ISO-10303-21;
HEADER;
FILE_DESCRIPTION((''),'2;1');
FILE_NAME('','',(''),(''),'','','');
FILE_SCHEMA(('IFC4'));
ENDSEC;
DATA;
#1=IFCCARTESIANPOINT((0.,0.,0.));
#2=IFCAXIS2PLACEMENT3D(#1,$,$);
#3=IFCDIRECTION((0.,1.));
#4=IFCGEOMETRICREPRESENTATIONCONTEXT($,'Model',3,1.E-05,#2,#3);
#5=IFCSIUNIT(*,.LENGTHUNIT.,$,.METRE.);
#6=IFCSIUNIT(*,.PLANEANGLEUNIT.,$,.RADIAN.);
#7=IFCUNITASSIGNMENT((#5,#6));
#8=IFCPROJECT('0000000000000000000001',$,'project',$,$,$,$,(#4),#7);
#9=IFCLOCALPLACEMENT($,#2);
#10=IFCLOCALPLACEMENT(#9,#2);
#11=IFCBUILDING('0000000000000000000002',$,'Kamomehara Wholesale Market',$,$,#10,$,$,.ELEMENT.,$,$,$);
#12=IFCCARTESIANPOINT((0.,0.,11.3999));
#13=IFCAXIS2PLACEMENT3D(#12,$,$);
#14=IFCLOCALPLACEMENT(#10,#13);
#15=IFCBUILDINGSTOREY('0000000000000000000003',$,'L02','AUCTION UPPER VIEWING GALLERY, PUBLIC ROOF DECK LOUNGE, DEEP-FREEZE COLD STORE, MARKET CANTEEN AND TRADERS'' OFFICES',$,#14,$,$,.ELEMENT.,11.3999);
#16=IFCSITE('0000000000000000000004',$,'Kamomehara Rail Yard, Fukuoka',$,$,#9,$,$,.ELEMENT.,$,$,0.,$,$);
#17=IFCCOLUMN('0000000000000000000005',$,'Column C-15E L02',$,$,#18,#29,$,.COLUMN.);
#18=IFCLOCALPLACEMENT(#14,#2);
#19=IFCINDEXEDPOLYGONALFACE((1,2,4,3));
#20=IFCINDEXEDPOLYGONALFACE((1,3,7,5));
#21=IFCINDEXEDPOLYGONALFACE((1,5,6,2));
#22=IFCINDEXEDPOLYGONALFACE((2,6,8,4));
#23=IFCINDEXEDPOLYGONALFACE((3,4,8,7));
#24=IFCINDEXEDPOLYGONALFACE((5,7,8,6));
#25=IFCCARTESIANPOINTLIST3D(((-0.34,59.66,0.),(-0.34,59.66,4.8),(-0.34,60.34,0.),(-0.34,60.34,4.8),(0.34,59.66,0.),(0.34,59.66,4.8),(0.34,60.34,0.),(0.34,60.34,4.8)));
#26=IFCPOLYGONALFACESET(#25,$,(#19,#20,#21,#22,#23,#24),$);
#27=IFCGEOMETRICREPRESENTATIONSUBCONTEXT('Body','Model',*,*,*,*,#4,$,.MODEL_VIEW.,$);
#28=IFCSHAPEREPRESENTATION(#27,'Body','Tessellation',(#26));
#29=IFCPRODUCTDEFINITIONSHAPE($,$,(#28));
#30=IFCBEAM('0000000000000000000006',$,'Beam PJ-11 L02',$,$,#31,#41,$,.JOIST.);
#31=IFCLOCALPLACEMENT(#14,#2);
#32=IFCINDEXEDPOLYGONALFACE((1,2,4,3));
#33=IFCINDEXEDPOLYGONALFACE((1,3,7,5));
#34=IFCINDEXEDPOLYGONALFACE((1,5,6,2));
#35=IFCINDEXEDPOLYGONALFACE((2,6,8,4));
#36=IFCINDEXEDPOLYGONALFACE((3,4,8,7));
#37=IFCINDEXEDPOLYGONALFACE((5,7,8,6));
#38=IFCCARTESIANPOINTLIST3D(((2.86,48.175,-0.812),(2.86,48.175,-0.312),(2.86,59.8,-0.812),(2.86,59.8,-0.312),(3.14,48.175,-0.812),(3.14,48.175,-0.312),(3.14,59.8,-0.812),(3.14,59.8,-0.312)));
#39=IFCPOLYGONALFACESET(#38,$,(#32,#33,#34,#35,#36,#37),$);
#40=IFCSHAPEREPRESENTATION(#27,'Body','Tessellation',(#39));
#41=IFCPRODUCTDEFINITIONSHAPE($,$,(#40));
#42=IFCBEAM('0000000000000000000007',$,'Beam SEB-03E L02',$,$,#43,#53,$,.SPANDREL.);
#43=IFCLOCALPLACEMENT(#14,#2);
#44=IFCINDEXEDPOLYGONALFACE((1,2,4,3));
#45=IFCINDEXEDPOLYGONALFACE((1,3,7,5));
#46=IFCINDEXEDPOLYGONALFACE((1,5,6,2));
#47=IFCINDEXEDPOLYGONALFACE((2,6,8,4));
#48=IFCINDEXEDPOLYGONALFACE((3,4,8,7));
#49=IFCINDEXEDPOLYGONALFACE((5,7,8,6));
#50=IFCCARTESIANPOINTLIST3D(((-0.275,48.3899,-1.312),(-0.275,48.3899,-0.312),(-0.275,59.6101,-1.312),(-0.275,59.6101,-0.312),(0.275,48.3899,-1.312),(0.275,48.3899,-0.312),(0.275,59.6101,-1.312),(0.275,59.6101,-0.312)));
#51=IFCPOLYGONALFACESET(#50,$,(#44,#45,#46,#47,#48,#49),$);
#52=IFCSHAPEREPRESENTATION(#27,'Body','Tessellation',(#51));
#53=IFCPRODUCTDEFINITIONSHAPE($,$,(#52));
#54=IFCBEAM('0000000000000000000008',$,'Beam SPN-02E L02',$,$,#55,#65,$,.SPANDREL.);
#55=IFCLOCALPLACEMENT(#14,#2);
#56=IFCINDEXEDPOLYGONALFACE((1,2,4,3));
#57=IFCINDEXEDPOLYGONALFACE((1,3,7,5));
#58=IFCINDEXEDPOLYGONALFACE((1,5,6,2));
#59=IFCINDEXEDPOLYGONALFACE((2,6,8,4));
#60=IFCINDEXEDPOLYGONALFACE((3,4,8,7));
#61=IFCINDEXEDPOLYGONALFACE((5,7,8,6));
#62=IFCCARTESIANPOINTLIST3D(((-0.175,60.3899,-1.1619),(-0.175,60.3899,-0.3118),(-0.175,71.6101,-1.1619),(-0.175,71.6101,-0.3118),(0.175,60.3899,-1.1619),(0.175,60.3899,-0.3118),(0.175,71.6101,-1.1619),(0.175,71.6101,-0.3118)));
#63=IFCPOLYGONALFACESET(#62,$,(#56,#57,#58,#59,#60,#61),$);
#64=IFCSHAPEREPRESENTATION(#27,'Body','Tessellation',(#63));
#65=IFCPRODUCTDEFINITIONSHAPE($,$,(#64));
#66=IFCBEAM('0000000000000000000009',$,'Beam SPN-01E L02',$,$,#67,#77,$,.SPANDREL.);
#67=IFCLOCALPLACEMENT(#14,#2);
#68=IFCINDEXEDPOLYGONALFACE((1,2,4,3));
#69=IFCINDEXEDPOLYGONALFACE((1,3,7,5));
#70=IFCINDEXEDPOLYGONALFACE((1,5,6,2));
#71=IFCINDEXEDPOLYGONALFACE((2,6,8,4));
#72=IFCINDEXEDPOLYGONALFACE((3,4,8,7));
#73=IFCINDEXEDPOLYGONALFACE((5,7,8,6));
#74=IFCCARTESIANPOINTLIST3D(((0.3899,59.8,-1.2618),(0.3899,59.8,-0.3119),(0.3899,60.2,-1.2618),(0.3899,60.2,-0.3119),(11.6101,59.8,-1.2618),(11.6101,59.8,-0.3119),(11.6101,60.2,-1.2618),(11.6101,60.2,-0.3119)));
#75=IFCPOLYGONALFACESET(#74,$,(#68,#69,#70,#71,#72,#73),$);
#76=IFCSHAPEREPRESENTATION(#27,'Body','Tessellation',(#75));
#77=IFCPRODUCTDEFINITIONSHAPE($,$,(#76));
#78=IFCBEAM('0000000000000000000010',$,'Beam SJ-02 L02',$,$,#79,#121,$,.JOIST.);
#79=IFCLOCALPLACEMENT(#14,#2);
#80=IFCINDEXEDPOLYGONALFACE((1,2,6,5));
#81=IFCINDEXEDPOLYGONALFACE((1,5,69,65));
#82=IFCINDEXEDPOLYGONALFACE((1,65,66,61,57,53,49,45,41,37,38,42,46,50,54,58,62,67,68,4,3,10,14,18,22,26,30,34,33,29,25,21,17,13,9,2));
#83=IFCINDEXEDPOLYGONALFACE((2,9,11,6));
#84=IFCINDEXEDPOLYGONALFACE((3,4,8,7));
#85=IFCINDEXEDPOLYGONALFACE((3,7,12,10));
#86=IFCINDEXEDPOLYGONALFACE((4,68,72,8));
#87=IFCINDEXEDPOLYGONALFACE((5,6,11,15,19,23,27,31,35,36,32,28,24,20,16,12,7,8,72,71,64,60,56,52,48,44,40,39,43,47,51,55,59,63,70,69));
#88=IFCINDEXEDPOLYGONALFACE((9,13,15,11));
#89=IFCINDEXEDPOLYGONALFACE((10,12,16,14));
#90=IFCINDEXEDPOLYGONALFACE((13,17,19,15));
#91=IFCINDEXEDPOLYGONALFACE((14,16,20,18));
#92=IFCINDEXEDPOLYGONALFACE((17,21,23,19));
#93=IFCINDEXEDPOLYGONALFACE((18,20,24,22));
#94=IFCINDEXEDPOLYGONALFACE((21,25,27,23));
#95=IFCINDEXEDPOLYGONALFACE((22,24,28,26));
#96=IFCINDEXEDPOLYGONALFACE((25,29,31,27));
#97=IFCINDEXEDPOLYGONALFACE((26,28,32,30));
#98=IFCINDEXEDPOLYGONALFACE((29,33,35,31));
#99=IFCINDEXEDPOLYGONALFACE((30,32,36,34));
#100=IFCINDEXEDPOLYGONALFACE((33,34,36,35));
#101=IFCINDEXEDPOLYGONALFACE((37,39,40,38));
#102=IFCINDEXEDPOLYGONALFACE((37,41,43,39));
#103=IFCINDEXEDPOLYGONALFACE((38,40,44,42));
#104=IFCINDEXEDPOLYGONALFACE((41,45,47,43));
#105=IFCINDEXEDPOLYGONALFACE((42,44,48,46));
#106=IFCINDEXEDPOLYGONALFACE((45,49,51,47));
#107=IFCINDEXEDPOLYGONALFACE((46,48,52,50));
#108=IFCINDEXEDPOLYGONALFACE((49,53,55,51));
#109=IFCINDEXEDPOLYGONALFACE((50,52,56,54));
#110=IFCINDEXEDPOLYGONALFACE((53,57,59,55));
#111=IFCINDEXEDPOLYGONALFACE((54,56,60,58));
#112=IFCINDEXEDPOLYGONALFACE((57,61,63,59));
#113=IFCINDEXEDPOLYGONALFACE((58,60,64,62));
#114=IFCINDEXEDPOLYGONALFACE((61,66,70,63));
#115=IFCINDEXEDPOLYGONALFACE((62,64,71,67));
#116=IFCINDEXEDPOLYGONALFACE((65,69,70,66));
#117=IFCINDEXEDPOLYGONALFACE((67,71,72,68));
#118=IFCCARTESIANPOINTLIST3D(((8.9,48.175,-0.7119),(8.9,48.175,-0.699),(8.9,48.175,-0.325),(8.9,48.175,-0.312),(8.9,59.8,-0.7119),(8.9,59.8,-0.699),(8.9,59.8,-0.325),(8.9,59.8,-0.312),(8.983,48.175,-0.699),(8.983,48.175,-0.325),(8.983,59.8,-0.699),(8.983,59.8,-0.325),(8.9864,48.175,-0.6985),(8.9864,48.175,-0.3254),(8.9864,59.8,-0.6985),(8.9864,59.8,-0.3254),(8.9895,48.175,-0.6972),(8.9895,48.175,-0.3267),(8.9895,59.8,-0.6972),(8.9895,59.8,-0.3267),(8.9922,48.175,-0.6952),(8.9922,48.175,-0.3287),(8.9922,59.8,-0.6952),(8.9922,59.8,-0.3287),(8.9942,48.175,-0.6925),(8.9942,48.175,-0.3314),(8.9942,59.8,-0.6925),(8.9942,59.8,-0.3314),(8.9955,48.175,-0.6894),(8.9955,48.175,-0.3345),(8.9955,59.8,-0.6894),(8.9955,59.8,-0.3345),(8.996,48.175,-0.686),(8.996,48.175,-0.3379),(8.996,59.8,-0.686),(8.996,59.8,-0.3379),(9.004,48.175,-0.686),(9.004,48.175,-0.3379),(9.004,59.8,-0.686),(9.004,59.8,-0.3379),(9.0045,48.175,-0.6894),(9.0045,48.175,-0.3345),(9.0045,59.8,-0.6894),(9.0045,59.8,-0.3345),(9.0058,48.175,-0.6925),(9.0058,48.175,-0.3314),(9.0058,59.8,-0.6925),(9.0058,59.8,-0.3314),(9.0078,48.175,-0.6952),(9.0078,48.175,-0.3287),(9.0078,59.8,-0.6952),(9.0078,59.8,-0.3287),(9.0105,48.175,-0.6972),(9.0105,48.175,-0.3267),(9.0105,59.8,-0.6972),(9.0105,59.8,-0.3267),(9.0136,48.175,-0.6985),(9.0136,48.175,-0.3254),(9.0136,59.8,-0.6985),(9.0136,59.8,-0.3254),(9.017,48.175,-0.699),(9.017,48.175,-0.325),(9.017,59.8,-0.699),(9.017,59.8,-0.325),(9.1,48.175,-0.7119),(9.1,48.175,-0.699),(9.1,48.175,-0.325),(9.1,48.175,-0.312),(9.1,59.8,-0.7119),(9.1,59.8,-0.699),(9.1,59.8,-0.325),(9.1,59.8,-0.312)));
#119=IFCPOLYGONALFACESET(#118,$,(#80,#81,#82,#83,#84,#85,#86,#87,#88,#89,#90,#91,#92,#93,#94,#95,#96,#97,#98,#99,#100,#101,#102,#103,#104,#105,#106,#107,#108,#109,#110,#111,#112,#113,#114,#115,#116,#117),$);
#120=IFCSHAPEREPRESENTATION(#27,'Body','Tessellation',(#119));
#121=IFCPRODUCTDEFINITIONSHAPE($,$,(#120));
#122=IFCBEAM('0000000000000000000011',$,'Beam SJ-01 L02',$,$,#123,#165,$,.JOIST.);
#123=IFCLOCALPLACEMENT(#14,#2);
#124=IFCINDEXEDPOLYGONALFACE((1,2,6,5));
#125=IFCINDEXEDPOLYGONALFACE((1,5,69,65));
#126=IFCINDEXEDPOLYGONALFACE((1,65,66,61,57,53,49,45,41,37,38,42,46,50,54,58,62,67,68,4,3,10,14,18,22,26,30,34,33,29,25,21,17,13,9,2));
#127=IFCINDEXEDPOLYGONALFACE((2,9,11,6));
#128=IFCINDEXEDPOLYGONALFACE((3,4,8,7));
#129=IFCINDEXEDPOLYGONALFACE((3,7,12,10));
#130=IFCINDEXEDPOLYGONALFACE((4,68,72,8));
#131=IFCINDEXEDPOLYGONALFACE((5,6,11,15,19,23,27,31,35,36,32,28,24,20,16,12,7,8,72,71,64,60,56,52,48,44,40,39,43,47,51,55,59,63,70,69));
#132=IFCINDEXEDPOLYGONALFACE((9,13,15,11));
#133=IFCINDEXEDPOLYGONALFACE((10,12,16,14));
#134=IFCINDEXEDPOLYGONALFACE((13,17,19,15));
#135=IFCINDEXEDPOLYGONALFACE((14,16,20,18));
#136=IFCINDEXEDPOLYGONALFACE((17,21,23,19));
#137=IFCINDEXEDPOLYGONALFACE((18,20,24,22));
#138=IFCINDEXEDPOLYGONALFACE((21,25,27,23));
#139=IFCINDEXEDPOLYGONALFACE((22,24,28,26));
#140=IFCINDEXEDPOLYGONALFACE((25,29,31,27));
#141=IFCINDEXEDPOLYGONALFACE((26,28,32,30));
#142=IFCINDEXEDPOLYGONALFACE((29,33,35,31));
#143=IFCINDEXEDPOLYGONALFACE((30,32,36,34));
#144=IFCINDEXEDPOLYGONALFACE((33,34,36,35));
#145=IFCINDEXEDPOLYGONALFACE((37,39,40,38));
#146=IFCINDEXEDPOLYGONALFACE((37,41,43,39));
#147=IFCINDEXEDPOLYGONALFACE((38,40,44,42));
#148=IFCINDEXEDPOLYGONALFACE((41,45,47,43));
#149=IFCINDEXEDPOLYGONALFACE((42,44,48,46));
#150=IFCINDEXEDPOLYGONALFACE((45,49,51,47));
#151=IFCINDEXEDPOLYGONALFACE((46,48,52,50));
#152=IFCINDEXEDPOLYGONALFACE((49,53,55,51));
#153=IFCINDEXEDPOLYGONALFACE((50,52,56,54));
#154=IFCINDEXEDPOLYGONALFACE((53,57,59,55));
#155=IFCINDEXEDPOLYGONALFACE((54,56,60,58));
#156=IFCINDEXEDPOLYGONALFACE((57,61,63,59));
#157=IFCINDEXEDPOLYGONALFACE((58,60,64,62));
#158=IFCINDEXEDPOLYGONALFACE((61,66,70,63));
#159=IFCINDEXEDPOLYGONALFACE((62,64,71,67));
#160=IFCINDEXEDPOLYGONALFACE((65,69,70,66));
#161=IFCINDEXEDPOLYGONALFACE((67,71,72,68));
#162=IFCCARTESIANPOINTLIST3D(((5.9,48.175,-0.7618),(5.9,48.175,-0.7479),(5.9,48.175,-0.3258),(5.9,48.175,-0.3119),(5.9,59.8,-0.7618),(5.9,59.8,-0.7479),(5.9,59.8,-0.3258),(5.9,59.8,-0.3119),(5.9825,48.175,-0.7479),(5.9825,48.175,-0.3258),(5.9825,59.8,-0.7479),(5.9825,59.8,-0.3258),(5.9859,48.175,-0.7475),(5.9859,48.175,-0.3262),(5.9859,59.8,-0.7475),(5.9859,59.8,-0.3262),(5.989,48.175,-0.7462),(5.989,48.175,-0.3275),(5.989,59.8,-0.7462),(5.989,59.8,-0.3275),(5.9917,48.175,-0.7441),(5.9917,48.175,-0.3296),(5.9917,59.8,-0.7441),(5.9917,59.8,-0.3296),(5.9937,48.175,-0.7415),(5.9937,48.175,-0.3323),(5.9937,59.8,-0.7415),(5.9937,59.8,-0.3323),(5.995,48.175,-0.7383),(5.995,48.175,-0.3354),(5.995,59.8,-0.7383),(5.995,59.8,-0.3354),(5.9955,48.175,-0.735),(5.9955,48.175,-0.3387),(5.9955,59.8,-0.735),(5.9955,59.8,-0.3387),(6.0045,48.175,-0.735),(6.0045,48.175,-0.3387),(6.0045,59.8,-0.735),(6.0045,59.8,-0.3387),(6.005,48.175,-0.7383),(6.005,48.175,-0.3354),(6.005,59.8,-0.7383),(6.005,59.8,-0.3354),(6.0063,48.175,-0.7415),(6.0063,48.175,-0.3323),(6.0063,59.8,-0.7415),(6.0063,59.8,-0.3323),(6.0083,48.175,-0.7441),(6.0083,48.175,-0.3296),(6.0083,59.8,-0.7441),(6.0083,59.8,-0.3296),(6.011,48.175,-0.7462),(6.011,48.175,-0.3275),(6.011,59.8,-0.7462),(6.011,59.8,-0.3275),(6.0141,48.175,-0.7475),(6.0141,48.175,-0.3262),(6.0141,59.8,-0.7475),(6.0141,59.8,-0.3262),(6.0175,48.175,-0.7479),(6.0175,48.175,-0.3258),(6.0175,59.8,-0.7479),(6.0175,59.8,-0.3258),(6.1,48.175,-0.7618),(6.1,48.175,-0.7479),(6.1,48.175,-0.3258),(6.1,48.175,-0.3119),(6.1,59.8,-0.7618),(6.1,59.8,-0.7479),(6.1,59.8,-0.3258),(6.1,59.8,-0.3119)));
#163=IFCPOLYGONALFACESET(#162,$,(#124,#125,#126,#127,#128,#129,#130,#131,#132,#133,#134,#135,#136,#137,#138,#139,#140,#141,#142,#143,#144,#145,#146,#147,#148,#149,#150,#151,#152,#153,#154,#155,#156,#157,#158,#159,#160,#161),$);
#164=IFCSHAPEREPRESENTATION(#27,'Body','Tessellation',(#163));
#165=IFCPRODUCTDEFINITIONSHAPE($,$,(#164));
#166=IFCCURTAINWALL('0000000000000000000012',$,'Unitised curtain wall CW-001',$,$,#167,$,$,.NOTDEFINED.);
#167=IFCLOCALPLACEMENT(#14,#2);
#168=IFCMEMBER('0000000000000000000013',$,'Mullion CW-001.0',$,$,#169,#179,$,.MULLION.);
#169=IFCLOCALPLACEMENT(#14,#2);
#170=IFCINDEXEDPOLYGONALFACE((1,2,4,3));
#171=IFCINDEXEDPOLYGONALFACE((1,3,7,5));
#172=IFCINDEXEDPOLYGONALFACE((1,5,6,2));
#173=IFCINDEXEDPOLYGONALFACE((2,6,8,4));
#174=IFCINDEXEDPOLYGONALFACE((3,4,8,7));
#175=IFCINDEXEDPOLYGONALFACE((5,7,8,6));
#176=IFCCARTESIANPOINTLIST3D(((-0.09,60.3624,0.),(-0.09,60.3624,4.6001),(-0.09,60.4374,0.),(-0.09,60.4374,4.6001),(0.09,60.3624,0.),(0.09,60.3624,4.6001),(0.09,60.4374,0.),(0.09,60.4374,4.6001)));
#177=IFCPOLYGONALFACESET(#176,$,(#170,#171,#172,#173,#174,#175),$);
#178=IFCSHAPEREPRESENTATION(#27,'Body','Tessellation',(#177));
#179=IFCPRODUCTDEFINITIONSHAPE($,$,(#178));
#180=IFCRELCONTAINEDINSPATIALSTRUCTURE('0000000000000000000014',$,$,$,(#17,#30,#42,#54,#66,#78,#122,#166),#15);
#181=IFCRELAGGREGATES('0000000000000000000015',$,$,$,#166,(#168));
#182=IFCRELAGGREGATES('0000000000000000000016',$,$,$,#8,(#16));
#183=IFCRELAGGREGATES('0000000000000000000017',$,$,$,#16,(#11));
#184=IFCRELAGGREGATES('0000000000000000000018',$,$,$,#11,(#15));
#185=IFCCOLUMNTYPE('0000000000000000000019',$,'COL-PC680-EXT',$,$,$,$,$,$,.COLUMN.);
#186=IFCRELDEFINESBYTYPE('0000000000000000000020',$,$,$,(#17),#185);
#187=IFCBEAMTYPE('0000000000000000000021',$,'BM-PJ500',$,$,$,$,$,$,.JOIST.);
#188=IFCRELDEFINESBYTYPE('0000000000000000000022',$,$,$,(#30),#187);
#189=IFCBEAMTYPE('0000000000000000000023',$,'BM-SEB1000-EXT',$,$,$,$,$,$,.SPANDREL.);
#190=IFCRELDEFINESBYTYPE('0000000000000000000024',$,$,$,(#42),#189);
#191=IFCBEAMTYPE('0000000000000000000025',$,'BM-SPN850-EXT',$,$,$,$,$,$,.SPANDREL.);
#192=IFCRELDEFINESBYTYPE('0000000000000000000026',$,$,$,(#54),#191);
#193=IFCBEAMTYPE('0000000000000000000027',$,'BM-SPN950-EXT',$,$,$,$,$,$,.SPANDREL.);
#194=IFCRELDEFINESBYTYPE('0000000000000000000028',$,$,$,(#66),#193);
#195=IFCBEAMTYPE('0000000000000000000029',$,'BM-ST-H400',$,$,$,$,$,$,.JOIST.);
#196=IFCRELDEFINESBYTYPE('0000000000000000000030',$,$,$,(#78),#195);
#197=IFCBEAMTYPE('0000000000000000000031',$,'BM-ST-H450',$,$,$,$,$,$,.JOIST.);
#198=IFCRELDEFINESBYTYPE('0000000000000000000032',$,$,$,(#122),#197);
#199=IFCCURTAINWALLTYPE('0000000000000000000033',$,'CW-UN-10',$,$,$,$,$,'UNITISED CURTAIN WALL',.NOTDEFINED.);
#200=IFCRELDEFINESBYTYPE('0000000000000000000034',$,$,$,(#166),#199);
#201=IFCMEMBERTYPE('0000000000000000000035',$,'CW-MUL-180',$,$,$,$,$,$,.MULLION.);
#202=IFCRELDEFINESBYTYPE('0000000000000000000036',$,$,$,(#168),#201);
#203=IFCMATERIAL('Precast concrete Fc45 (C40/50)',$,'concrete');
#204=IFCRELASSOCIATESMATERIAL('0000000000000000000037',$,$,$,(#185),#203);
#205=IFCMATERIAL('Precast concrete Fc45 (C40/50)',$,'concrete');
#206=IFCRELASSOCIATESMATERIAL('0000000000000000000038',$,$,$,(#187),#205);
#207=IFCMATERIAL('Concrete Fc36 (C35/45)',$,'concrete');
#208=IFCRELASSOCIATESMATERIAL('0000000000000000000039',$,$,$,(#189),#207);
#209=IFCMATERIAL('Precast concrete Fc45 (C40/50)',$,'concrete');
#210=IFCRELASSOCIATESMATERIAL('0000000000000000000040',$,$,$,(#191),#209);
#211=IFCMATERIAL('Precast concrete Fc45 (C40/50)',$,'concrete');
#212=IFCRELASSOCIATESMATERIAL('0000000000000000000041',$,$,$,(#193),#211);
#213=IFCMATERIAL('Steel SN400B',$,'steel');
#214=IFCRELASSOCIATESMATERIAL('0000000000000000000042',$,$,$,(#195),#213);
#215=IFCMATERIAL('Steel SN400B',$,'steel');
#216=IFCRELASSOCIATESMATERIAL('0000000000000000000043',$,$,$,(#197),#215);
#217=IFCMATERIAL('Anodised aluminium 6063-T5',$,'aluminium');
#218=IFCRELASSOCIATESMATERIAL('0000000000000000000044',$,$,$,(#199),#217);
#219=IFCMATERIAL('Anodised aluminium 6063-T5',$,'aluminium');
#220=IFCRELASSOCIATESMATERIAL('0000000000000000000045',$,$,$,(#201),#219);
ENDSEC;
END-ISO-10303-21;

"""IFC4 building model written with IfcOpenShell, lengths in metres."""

from ifc_helpers import new_model, si_unit, direction, frame, origin, origin_2d, place, context, subcontext, project, spatial, rectangle, i_section, extrude, material, material_profile, profile_set, type_object, element, aggregate, save


model = new_model("IFC4")

# Units and contexts
model_context = context("Model", 3, precision=1e-05, world=origin(), true_north=direction((0.0, 1.0)))
body_context = subcontext(model_context, "Body", "Model", "MODEL_VIEW")
ifc_project = project(units=[si_unit("LENGTHUNIT", "METRE"), si_unit("PLANEANGLEUNIT", "RADIAN")], contexts=[model_context])

# Site, building, storey
site_placement = place(None, origin())
site = spatial("IfcSite", under=ifc_project, at=site_placement, Name="Kamomehara Rail Yard, Fukuoka", CompositionType="ELEMENT", RefElevation=0.0)
building_placement = place(site_placement, origin())
building = spatial("IfcBuilding", under=site, at=building_placement, Name="Kamomehara Wholesale Market", CompositionType="ELEMENT")
storey_placement = place(building_placement, frame((0.0, 0.0, 11.3999)))
storey = spatial("IfcBuildingStorey", under=building, at=storey_placement, Name="L02", Description="AUCTION UPPER VIEWING GALLERY, PUBLIC ROOF DECK LOUNGE, DEEP-FREEZE COLD STORE, MARKET CANTEEN AND TRADERS' OFFICES", CompositionType="ELEMENT", Elevation=11.3999)

# Column
ifc_material_1 = material(Name="Precast concrete Fc45 (C40/50)", Category="concrete")
ifc_material_profile_1 = material_profile(ifc_material_1, rectangle(XDim=0.6799, YDim=0.6799, at=origin_2d()), Name="PC-COL-680x680")
ifc_profile_set_1 = profile_set([ifc_material_profile_1], Name="Precast concrete Fc45 (C40/50)")
column_type = type_object("IfcColumnType", Name="COL-PC680-EXT", PredefinedType="COLUMN", material=ifc_profile_set_1)
column_placement = place(storey_placement, frame((0.0, 60.0, 0.0), z_axis=(0.0, 0.0, 1.0), x_axis=(1.0, 0.0, 0.0)))
element("IfcColumn", 1, at=column_placement, inside=storey, type_object=column_type, Name="Column C-15E L02", PredefinedType="COLUMN", context=body_context, shape_type="SweptSolid", body=[
    extrude(rectangle(XDim=0.6799, YDim=0.6799, at=origin_2d()), origin(), (0.0, 0.0, 1.0), 4.8),
])

# Beams
ifc_material_2 = material(Name="Precast concrete Fc45 (C40/50)", Category="concrete")
ifc_material_profile_2 = material_profile(ifc_material_2, rectangle(XDim=0.28, YDim=0.5, at=origin_2d()), Name="PC-JST-280x500")
ifc_profile_set_2 = profile_set([ifc_material_profile_2], Name="Precast concrete Fc45 (C40/50)")
beam_type_1 = type_object("IfcBeamType", Name="BM-PJ500", PredefinedType="JOIST", material=ifc_profile_set_2)
beam_1_placement = place(storey_placement, frame((3.0, 48.175, -0.562), z_axis=(0.0, 1.0, 0.0), x_axis=(-1.0, 0.0, 0.0)))
element("IfcBeam", 2, at=beam_1_placement, inside=storey, type_object=beam_type_1, Name="Beam PJ-11 L02", PredefinedType="JOIST", context=body_context, shape_type="SweptSolid", body=[
    extrude(rectangle(XDim=0.28, YDim=0.5, at=origin_2d()), origin(), (0.0, 0.0, 1.0), 11.625),
])
ifc_material_3 = material(Name="Concrete Fc36 (C35/45)", Category="concrete")
ifc_material_profile_3 = material_profile(ifc_material_3, rectangle(XDim=0.55, YDim=1.0, at=origin_2d()), Name="RC-SEB-550x1000")
ifc_profile_set_3 = profile_set([ifc_material_profile_3], Name="Concrete Fc36 (C35/45)")
beam_type_2 = type_object("IfcBeamType", Name="BM-SEB1000-EXT", PredefinedType="SPANDREL", material=ifc_profile_set_3)
beam_2_placement = place(storey_placement, frame((0.0, 48.3899, -0.812), z_axis=(0.0, 1.0, 0.0), x_axis=(-1.0, 0.0, 0.0)))
element("IfcBeam", 3, at=beam_2_placement, inside=storey, type_object=beam_type_2, Name="Beam SEB-03E L02", PredefinedType="SPANDREL", context=body_context, shape_type="SweptSolid", body=[
    extrude(rectangle(XDim=0.55, YDim=1.0, at=origin_2d()), origin(), (0.0, 0.0, 1.0), 11.2202),
])
ifc_material_4 = material(Name="Precast concrete Fc45 (C40/50)", Category="concrete")
ifc_material_profile_4 = material_profile(ifc_material_4, rectangle(XDim=0.3501, YDim=0.8501, at=origin_2d()), Name="PC-SPN-350x850")
ifc_profile_set_4 = profile_set([ifc_material_profile_4], Name="Precast concrete Fc45 (C40/50)")
beam_type_3 = type_object("IfcBeamType", Name="BM-SPN850-EXT", PredefinedType="SPANDREL", material=ifc_profile_set_4)
beam_3_placement = place(storey_placement, frame((0.0, 60.3899, -0.7368), z_axis=(0.0, 1.0, 0.0), x_axis=(-1.0, 0.0, 0.0)))
element("IfcBeam", 4, at=beam_3_placement, inside=storey, type_object=beam_type_3, Name="Beam SPN-02E L02", PredefinedType="SPANDREL", context=body_context, shape_type="SweptSolid", body=[
    extrude(rectangle(XDim=0.3501, YDim=0.8501, at=origin_2d()), origin(), (0.0, 0.0, 1.0), 11.2202),
])
ifc_material_5 = material(Name="Precast concrete Fc45 (C40/50)", Category="concrete")
ifc_material_profile_5 = material_profile(ifc_material_5, rectangle(XDim=0.3999, YDim=0.95, at=origin_2d()), Name="PC-SPN-400x950")
ifc_profile_set_5 = profile_set([ifc_material_profile_5], Name="Precast concrete Fc45 (C40/50)")
beam_type_4 = type_object("IfcBeamType", Name="BM-SPN950-EXT", PredefinedType="SPANDREL", material=ifc_profile_set_5)
beam_4_placement = place(storey_placement, frame((0.3899, 60.0, -0.7869), z_axis=(1.0, 0.0, 0.0), x_axis=(0.0, 1.0, 0.0)))
element("IfcBeam", 5, at=beam_4_placement, inside=storey, type_object=beam_type_4, Name="Beam SPN-01E L02", PredefinedType="SPANDREL", context=body_context, shape_type="SweptSolid", body=[
    extrude(rectangle(XDim=0.3999, YDim=0.95, at=origin_2d()), origin(), (0.0, 0.0, 1.0), 11.2202),
])
ifc_material_6 = material(Name="Steel SN400B", Category="steel")
ifc_material_profile_6 = material_profile(ifc_material_6, i_section(OverallWidth=0.2, OverallDepth=0.3999, WebThickness=0.0081, FlangeThickness=0.0129, FilletRadius=0.0129, at=origin_2d()), Name="H-400x200x8x13")
ifc_profile_set_6 = profile_set([ifc_material_profile_6], Name="Steel SN400B")
beam_type_5 = type_object("IfcBeamType", Name="BM-ST-H400", PredefinedType="JOIST", material=ifc_profile_set_6)
beam_5_placement = place(storey_placement, frame((9.0, 48.175, -0.512), z_axis=(0.0, 1.0, 0.0), x_axis=(-1.0, 0.0, 0.0)))
element("IfcBeam", 6, at=beam_5_placement, inside=storey, type_object=beam_type_5, Name="Beam SJ-02 L02", PredefinedType="JOIST", context=body_context, shape_type="SweptSolid", body=[
    extrude(i_section(OverallWidth=0.2, OverallDepth=0.3999, WebThickness=0.0081, FlangeThickness=0.0129, FilletRadius=0.0129, at=origin_2d()), origin(), (0.0, 0.0, 1.0), 11.625),
])
ifc_material_7 = material(Name="Steel SN400B", Category="steel")
ifc_material_profile_7 = material_profile(ifc_material_7, i_section(OverallWidth=0.2, OverallDepth=0.45, WebThickness=0.009, FlangeThickness=0.0139, FilletRadius=0.0129, at=origin_2d()), Name="H-450x200x9x14")
ifc_profile_set_7 = profile_set([ifc_material_profile_7], Name="Steel SN400B")
beam_type_6 = type_object("IfcBeamType", Name="BM-ST-H450", PredefinedType="JOIST", material=ifc_profile_set_7)
beam_6_placement = place(storey_placement, frame((6.0, 48.175, -0.5369), z_axis=(0.0, 1.0, 0.0), x_axis=(-1.0, 0.0, 0.0)))
element("IfcBeam", 7, at=beam_6_placement, inside=storey, type_object=beam_type_6, Name="Beam SJ-01 L02", PredefinedType="JOIST", context=body_context, shape_type="SweptSolid", body=[
    extrude(i_section(OverallWidth=0.2, OverallDepth=0.45, WebThickness=0.009, FlangeThickness=0.0139, FilletRadius=0.0129, at=origin_2d()), origin(), (0.0, 0.0, 1.0), 11.625),
])

# Curtain wall, member
ifc_material_8 = material(Name="Anodised aluminium 6063-T5", Category="aluminium")
curtain_wall_type = type_object("IfcCurtainWallType", Name="CW-UN-10", ElementType="UNITISED CURTAIN WALL", PredefinedType="NOTDEFINED", material=ifc_material_8)
curtain_wall_placement = place(storey_placement, origin())
curtain_wall = element("IfcCurtainWall", 8, at=curtain_wall_placement, inside=storey, type_object=curtain_wall_type, Name="Unitised curtain wall CW-001", PredefinedType="NOTDEFINED")
ifc_material_9 = material(Name="Anodised aluminium 6063-T5", Category="aluminium")
ifc_material_profile_8 = material_profile(ifc_material_9, rectangle(XDim=0.075, YDim=0.1799, at=origin_2d()), Name="ALU-MUL-75x180")
ifc_profile_set_8 = profile_set([ifc_material_profile_8], Name="Anodised aluminium 6063-T5")
member_type_1 = type_object("IfcMemberType", Name="CW-MUL-180", PredefinedType="MULLION", material=ifc_profile_set_8)
member_1_placement = place(storey_placement, frame((0.0, 60.3999, 0.0), z_axis=(0.0, 0.0, 1.0), x_axis=(0.0, 1.0, 0.0)))
member_1 = element("IfcMember", 9, at=member_1_placement, type_object=member_type_1, Name="Mullion CW-001.0", PredefinedType="MULLION", context=body_context, shape_type="SweptSolid", body=[
    extrude(rectangle(XDim=0.075, YDim=0.1799, at=origin_2d()), origin(), (0.0, 0.0, 1.0), 4.6001),
])
aggregate(curtain_wall, [member_1])

save(model, "model.ifc")
